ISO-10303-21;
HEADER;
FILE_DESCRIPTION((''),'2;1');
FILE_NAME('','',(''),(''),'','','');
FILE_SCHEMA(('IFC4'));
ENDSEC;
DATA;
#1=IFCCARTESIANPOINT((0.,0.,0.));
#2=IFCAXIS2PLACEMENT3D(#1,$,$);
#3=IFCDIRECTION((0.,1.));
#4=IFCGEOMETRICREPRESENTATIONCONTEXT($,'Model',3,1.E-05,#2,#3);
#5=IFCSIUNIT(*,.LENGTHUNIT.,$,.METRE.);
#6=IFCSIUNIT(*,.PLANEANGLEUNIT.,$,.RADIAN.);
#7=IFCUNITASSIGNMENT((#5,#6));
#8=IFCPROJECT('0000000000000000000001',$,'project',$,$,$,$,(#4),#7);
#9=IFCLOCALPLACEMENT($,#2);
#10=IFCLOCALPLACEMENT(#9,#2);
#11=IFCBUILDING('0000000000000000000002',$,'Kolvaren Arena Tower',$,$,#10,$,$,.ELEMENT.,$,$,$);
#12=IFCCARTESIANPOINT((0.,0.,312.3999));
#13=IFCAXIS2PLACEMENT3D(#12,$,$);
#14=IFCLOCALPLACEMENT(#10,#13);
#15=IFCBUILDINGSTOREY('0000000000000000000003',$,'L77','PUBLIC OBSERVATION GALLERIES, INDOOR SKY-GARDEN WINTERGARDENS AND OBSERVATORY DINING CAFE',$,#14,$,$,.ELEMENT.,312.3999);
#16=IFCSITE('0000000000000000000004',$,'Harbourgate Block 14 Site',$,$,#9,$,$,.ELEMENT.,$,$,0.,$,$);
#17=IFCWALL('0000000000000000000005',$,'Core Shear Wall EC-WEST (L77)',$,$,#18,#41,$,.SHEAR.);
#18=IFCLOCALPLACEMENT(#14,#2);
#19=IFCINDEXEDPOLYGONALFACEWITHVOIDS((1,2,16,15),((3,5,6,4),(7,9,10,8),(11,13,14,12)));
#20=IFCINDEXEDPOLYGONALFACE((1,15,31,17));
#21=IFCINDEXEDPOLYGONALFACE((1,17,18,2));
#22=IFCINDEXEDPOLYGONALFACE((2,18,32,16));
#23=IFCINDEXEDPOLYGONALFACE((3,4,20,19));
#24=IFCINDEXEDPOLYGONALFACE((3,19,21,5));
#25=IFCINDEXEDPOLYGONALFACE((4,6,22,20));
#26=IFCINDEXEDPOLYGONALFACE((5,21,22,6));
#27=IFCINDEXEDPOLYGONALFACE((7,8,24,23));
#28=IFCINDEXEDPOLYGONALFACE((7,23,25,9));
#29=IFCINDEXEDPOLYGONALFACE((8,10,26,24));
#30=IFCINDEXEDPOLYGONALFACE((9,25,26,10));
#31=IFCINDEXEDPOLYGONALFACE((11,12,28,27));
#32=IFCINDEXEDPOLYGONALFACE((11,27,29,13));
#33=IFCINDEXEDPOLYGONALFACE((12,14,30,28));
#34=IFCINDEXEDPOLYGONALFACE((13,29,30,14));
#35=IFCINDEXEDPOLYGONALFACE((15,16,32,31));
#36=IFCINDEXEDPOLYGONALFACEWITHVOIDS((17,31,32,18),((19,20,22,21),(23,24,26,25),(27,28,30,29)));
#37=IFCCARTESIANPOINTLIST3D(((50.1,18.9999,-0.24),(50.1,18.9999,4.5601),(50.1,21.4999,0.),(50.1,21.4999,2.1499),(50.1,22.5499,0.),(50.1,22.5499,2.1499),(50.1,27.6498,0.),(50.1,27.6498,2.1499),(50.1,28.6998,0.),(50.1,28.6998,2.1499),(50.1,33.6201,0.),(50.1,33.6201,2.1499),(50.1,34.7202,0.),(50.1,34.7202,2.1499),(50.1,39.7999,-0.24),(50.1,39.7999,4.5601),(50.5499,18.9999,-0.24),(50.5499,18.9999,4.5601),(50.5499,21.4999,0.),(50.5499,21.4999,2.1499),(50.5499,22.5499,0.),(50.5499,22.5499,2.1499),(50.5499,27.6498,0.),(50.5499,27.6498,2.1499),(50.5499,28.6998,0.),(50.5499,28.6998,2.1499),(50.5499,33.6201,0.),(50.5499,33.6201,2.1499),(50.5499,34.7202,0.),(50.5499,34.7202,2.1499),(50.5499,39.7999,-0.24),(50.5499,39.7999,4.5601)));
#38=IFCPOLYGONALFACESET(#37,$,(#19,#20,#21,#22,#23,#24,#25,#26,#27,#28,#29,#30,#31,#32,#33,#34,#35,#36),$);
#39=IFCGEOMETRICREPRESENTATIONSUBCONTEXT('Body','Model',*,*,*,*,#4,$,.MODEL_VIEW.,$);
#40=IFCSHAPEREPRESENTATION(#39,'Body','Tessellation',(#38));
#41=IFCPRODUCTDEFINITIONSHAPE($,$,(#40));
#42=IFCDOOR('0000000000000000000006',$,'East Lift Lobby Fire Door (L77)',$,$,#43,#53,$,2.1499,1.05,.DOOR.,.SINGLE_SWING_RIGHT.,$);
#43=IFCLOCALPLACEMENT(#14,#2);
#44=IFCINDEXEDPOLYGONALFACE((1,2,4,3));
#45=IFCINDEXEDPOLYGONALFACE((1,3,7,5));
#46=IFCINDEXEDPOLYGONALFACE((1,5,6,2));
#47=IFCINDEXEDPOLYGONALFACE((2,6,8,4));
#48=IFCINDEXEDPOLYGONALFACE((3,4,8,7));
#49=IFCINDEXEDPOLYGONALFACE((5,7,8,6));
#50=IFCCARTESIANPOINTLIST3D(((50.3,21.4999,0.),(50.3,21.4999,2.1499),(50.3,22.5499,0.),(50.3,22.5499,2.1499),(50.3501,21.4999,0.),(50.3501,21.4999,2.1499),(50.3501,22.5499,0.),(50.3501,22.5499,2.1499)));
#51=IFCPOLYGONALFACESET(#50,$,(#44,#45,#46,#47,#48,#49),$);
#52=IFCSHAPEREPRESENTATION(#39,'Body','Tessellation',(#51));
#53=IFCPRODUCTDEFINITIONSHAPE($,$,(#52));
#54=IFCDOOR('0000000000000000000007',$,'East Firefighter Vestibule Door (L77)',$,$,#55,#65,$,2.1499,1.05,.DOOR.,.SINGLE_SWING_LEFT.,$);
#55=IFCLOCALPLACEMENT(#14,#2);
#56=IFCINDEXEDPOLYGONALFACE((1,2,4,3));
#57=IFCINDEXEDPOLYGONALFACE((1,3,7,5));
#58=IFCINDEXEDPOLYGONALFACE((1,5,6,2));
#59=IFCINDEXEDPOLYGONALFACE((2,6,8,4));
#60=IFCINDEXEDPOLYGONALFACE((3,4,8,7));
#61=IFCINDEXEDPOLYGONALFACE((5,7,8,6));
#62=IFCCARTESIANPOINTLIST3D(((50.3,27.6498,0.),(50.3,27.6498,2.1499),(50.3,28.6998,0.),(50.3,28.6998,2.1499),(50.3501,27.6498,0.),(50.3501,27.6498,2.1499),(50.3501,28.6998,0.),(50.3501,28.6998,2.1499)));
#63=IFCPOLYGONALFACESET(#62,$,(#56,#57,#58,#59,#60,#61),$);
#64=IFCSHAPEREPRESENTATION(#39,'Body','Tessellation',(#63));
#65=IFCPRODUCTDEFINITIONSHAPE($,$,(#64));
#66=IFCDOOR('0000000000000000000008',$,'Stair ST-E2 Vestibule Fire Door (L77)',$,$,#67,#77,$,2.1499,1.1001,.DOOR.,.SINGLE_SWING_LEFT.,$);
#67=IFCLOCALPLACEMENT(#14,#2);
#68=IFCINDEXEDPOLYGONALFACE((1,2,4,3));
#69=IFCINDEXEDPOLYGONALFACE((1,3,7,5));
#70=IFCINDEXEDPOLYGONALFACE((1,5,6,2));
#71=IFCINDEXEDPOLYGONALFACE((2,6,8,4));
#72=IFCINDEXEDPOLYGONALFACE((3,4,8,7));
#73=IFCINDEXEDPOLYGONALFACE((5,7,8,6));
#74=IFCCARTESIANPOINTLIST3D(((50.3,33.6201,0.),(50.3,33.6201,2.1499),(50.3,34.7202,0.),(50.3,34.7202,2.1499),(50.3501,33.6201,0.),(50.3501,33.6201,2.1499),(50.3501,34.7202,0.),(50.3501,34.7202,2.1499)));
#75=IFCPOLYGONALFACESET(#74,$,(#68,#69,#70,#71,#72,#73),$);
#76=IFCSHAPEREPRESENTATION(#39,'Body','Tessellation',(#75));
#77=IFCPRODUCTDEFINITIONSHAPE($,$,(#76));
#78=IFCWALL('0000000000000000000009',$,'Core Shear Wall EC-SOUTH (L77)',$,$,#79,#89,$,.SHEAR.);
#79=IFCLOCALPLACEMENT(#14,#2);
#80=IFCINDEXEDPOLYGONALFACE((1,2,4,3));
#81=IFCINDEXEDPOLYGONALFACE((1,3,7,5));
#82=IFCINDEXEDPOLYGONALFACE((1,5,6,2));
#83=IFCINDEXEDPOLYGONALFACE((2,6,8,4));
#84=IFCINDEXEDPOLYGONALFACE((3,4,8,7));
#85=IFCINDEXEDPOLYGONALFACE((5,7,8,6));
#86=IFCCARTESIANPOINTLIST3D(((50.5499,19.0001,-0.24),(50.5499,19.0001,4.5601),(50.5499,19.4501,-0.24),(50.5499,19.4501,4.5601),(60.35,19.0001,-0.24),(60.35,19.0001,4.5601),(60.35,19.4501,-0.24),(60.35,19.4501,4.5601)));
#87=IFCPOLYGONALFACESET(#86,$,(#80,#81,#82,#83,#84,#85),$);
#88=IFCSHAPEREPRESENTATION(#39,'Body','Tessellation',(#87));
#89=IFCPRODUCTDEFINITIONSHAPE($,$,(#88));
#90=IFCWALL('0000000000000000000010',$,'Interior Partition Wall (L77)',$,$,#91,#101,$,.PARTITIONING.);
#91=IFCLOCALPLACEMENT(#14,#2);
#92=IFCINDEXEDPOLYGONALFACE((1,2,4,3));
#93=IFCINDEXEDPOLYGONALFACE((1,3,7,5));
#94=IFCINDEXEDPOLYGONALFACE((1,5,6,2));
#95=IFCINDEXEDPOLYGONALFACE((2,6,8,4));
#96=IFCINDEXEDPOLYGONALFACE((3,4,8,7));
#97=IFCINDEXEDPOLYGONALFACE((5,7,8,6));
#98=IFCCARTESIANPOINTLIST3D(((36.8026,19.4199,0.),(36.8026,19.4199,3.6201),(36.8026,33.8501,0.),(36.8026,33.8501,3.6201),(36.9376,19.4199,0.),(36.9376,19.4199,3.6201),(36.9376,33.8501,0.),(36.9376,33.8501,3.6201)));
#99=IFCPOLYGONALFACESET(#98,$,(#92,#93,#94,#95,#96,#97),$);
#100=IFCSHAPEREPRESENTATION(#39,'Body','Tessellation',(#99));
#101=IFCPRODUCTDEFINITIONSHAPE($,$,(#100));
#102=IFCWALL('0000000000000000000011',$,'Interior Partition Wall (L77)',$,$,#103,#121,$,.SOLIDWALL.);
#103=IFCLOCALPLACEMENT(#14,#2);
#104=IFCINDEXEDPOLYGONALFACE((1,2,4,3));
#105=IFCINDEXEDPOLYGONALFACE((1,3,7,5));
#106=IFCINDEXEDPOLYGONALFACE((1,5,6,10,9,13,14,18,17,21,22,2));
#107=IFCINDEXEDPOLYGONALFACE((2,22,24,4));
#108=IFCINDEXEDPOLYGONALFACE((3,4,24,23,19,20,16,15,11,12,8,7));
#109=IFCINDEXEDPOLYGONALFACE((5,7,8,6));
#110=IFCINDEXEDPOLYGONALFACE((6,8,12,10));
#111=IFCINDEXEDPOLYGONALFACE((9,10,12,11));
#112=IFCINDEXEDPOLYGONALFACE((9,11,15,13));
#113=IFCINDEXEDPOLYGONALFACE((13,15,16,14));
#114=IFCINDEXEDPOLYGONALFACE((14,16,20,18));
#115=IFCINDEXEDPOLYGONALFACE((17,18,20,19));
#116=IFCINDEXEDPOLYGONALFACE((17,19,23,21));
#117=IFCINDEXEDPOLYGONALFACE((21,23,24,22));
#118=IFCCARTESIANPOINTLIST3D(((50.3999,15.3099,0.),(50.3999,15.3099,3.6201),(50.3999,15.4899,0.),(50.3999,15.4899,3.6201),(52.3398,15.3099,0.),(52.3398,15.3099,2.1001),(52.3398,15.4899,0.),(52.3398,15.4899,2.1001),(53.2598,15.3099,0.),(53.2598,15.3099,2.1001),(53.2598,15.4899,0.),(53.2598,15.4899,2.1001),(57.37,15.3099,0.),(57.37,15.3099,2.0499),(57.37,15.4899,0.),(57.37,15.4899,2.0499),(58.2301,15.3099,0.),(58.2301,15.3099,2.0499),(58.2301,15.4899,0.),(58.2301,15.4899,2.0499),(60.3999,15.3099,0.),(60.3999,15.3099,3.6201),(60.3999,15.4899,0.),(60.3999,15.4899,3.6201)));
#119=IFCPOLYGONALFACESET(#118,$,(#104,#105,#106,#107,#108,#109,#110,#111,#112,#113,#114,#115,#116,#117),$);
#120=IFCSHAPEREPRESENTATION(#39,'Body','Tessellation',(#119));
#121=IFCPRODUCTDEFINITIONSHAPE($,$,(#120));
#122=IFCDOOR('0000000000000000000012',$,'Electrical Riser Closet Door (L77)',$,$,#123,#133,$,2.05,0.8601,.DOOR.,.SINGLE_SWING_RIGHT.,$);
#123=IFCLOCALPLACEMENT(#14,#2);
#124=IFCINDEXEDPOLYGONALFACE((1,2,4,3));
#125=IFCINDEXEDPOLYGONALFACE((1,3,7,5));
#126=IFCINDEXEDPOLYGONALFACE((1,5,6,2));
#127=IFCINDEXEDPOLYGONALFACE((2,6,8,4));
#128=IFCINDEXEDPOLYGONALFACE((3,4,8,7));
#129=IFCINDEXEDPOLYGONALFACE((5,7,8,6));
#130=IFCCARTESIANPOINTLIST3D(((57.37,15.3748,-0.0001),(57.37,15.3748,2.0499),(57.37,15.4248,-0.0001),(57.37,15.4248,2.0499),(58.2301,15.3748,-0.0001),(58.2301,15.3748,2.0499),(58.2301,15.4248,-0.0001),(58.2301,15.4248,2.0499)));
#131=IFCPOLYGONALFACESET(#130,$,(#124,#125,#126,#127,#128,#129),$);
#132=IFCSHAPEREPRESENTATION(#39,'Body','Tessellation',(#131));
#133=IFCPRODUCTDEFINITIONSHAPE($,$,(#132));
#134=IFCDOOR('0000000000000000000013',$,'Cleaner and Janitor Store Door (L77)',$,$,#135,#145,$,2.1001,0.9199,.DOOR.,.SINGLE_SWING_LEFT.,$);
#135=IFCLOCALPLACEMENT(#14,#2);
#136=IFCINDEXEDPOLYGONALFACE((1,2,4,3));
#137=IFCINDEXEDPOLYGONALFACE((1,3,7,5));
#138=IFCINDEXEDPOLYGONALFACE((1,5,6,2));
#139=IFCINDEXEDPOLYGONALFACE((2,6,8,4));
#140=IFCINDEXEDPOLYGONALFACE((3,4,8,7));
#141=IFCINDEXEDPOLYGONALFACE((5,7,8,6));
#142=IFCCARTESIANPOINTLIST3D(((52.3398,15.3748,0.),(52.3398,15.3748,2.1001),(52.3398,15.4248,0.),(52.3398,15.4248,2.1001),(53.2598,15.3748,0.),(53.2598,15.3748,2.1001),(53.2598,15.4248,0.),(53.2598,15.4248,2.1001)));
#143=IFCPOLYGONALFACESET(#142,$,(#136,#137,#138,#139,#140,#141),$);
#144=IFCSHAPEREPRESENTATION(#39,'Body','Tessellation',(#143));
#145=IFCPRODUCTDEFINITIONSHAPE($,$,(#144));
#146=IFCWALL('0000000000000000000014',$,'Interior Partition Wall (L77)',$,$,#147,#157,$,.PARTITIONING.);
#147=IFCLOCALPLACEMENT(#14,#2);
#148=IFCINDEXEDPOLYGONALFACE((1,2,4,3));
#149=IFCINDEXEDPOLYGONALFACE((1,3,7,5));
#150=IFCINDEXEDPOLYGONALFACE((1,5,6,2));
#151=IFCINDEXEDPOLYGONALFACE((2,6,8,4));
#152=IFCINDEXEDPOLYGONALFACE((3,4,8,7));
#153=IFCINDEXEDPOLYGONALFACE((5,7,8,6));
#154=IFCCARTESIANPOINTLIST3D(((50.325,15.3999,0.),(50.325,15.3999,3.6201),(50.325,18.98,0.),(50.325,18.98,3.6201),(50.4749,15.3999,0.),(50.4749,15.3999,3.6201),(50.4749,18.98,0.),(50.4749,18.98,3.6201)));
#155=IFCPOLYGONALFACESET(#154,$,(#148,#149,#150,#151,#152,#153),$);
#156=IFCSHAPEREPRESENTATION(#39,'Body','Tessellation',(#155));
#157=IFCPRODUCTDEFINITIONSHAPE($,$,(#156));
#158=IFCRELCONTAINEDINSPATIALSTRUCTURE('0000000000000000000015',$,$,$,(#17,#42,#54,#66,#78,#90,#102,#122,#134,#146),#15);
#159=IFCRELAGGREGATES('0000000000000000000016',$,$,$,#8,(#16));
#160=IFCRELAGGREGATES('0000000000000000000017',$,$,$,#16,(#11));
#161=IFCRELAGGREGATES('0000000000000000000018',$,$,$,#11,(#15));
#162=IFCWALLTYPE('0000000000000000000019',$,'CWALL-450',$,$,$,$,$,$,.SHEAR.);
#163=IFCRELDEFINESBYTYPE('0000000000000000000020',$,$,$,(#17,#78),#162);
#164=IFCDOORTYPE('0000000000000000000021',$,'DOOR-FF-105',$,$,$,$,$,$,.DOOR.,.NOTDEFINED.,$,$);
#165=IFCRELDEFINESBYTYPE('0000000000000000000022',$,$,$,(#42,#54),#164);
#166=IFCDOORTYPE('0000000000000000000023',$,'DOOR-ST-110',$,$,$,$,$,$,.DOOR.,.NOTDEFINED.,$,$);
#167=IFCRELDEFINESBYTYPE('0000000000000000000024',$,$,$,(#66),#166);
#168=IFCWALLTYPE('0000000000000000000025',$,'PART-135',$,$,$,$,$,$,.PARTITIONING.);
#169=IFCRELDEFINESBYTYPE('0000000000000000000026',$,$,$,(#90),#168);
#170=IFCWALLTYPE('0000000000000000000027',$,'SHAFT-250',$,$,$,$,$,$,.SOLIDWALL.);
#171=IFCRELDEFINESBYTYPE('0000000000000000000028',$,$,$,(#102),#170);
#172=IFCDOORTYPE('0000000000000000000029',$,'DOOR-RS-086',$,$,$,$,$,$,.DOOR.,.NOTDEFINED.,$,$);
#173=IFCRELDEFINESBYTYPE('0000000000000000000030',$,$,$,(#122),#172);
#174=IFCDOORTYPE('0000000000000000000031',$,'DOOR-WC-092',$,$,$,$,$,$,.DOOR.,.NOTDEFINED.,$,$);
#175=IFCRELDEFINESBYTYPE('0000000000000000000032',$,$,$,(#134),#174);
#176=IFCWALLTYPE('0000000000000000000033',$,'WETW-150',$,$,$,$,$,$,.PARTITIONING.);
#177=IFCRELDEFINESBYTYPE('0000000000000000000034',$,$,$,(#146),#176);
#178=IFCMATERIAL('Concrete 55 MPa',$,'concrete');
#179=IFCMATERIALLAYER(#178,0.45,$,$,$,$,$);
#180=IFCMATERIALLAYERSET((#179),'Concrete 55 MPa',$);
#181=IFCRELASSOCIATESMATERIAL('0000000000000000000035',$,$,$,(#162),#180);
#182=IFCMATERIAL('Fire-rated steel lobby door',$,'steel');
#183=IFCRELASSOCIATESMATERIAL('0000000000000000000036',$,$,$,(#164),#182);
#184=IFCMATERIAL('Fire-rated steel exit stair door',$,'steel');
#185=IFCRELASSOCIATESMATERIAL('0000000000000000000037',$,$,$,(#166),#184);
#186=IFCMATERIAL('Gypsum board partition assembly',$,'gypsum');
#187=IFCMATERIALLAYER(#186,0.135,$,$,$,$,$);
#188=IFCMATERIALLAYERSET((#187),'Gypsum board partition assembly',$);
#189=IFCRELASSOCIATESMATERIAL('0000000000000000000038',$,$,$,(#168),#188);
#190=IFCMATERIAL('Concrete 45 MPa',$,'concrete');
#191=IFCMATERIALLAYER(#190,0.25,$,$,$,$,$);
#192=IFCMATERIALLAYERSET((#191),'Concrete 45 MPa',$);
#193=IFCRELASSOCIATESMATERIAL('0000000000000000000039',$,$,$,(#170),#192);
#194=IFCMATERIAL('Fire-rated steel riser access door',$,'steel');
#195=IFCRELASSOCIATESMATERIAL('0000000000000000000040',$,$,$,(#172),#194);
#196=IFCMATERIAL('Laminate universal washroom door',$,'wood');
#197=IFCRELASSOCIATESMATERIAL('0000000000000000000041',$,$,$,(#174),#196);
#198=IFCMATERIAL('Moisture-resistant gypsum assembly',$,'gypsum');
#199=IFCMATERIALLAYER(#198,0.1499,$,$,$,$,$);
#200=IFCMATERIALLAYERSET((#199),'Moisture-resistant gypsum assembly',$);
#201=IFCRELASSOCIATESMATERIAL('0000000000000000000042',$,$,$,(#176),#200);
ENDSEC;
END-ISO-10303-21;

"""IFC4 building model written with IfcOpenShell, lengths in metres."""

from ifc_helpers import new_model, si_unit, direction, frame, frame_2d, origin, place, context, subcontext, project, spatial, rectangle, extrude, material, layer, layer_set, type_object, element, fill, save


model = new_model("IFC4")

# Units and contexts
model_context = context("Model", 3, precision=1e-05, world=origin(), true_north=direction((0.0, 1.0)))
body_context = subcontext(model_context, "Body", "Model", "MODEL_VIEW")
ifc_project = project(units=[si_unit("LENGTHUNIT", "METRE"), si_unit("PLANEANGLEUNIT", "RADIAN")], contexts=[model_context])

# Site, building, storey
site_placement = place(None, origin())
site = spatial("IfcSite", under=ifc_project, at=site_placement, Name="Harbourgate Block 14 Site", CompositionType="ELEMENT", RefElevation=0.0)
building_placement = place(site_placement, origin())
building = spatial("IfcBuilding", under=site, at=building_placement, Name="Kolvaren Arena Tower", CompositionType="ELEMENT")
storey_placement = place(building_placement, frame((0.0, 0.0, 312.3999)))
storey = spatial("IfcBuildingStorey", under=building, at=storey_placement, Name="L77", Description="PUBLIC OBSERVATION GALLERIES, INDOOR SKY-GARDEN WINTERGARDENS AND OBSERVATORY DINING CAFE", CompositionType="ELEMENT", Elevation=312.3999)

# Wall, openings, doors
ifc_material_1 = material(Name="Concrete 55 MPa", Category="concrete")
ifc_layer_1 = layer(ifc_material_1, 0.45)
ifc_layer_set_1 = layer_set([ifc_layer_1], Name="Concrete 55 MPa")
wall_type_1 = type_object("IfcWallType", Name="CWALL-450", PredefinedType="SHEAR", material=ifc_layer_set_1)
wall_1_placement = place(storey_placement, frame((50.325, 19.0, -0.24), z_axis=(0.0, 0.0, 1.0), x_axis=(0.0, 1.0, 0.0)))
wall_1 = element("IfcWall", 1, at=wall_1_placement, inside=storey, type_object=wall_type_1, Name="Core Shear Wall EC-WEST (L77)", PredefinedType="SHEAR", context=body_context, shape_type="SweptSolid", body=[
    extrude(rectangle(XDim=20.8, YDim=0.45, at=frame_2d((10.3999, 0.0))), origin(), (0.0, 0.0, 1.0), 4.8),
])
opening_1_placement = place(wall_1_placement, frame((2.5, 0.0, 0.24)))
opening_1 = element("IfcOpeningElement", 2, at=opening_1_placement, cuts=wall_1, PredefinedType="OPENING", context=body_context, shape_type="SweptSolid", body=[
    extrude(rectangle(XDim=1.05, YDim=2.1499, at=frame_2d((0.5249, 1.075))), frame((0.0, 0.2349, 0.0), z_axis=(0.0, -1.0, 0.0), x_axis=(1.0, 0.0, 0.0)), (0.0, 0.0, 1.0), 0.47),
])
opening_2_placement = place(wall_1_placement, frame((8.6499, 0.0, 0.24)))
opening_2 = element("IfcOpeningElement", 3, at=opening_2_placement, cuts=wall_1, PredefinedType="OPENING", context=body_context, shape_type="SweptSolid", body=[
    extrude(rectangle(XDim=1.05, YDim=2.1499, at=frame_2d((0.5249, 1.075))), frame((0.0, 0.2349, 0.0), z_axis=(0.0, -1.0, 0.0), x_axis=(1.0, 0.0, 0.0)), (0.0, 0.0, 1.0), 0.47),
])
opening_3_placement = place(wall_1_placement, frame((14.6201, 0.0, 0.24)))
opening_3 = element("IfcOpeningElement", 4, at=opening_3_placement, cuts=wall_1, PredefinedType="OPENING", context=body_context, shape_type="SweptSolid", body=[
    extrude(rectangle(XDim=1.1001, YDim=2.1499, at=frame_2d((0.55, 1.075))), frame((0.0, 0.2349, 0.0), z_axis=(0.0, -1.0, 0.0), x_axis=(1.0, 0.0, 0.0)), (0.0, 0.0, 1.0), 0.47),
])
ifc_material_2 = material(Name="Fire-rated steel lobby door", Category="steel")
door_type_1 = type_object("IfcDoorType", Name="DOOR-FF-105", OperationType="NOTDEFINED", PredefinedType="DOOR", material=ifc_material_2)
door_1_placement = place(opening_1_placement, origin())
door_1 = element("IfcDoor", 5, at=door_1_placement, inside=storey, type_object=door_type_1, Name="East Lift Lobby Fire Door (L77)", OperationType="SINGLE_SWING_RIGHT", OverallHeight=2.1499, OverallWidth=1.05, PredefinedType="DOOR", context=body_context, shape_type="SweptSolid", body=[
    extrude(rectangle(XDim=1.05, YDim=2.1499, at=frame_2d((0.5249, 1.075))), frame((0.0, 0.0249, 0.0), z_axis=(0.0, -1.0, 0.0), x_axis=(1.0, 0.0, 0.0)), (0.0, 0.0, 1.0), 0.05),
])
fill(opening_1, door_1)
door_2_placement = place(opening_2_placement, origin())
door_2 = element("IfcDoor", 6, at=door_2_placement, inside=storey, type_object=door_type_1, Name="East Firefighter Vestibule Door (L77)", OperationType="SINGLE_SWING_LEFT", OverallHeight=2.1499, OverallWidth=1.05, PredefinedType="DOOR", context=body_context, shape_type="SweptSolid", body=[
    extrude(rectangle(XDim=1.05, YDim=2.1499, at=frame_2d((0.5249, 1.075))), frame((0.0, 0.0249, 0.0), z_axis=(0.0, -1.0, 0.0), x_axis=(1.0, 0.0, 0.0)), (0.0, 0.0, 1.0), 0.05),
])
fill(opening_2, door_2)
ifc_material_3 = material(Name="Fire-rated steel exit stair door", Category="steel")
door_type_2 = type_object("IfcDoorType", Name="DOOR-ST-110", OperationType="NOTDEFINED", PredefinedType="DOOR", material=ifc_material_3)
door_3_placement = place(opening_3_placement, origin())
door_3 = element("IfcDoor", 7, at=door_3_placement, inside=storey, type_object=door_type_2, Name="Stair ST-E2 Vestibule Fire Door (L77)", OperationType="SINGLE_SWING_LEFT", OverallHeight=2.1499, OverallWidth=1.1001, PredefinedType="DOOR", context=body_context, shape_type="SweptSolid", body=[
    extrude(rectangle(XDim=1.1001, YDim=2.1499, at=frame_2d((0.55, 1.075))), frame((0.0, 0.0249, 0.0), z_axis=(0.0, -1.0, 0.0), x_axis=(1.0, 0.0, 0.0)), (0.0, 0.0, 1.0), 0.05),
])
fill(opening_3, door_3)

# Walls
wall_2_placement = place(storey_placement, frame((50.55, 19.2251, -0.24), z_axis=(0.0, 0.0, 1.0), x_axis=(1.0, 0.0, 0.0)))
element("IfcWall", 8, at=wall_2_placement, inside=storey, type_object=wall_type_1, Name="Core Shear Wall EC-SOUTH (L77)", PredefinedType="SHEAR", context=body_context, shape_type="SweptSolid", body=[
    extrude(rectangle(XDim=9.8, YDim=0.45, at=frame_2d((4.8999, 0.0))), origin(), (0.0, 0.0, 1.0), 4.8),
])
ifc_material_4 = material(Name="Gypsum board partition assembly", Category="gypsum")
ifc_layer_2 = layer(ifc_material_4, 0.135)
ifc_layer_set_2 = layer_set([ifc_layer_2], Name="Gypsum board partition assembly")
wall_type_2 = type_object("IfcWallType", Name="PART-135", PredefinedType="PARTITIONING", material=ifc_layer_set_2)
wall_3_placement = place(storey_placement, frame((36.8701, 19.4199, 0.0), z_axis=(0.0, 0.0, 1.0), x_axis=(0.0, 1.0, 0.0)))
element("IfcWall", 9, at=wall_3_placement, inside=storey, type_object=wall_type_2, Name="Interior Partition Wall (L77)", PredefinedType="PARTITIONING", context=body_context, shape_type="SweptSolid", body=[
    extrude(rectangle(XDim=14.4302, YDim=0.135, at=frame_2d((7.2151, 0.0))), origin(), (0.0, 0.0, 1.0), 3.6201),
])

# Wall, openings, doors
ifc_material_5 = material(Name="Concrete 45 MPa", Category="concrete")
ifc_layer_3 = layer(ifc_material_5, 0.25)
ifc_layer_set_3 = layer_set([ifc_layer_3], Name="Concrete 45 MPa")
wall_type_3 = type_object("IfcWallType", Name="SHAFT-250", PredefinedType="SOLIDWALL", material=ifc_layer_set_3)
wall_4_placement = place(storey_placement, frame((50.3999, 15.3999, 0.0), z_axis=(0.0, 0.0, 1.0), x_axis=(1.0, 0.0, 0.0)))
wall_4 = element("IfcWall", 10, at=wall_4_placement, inside=storey, type_object=wall_type_3, Name="Interior Partition Wall (L77)", PredefinedType="SOLIDWALL", context=body_context, shape_type="SweptSolid", body=[
    extrude(rectangle(XDim=10.0, YDim=0.1799, at=frame_2d((5.0, 0.0))), origin(), (0.0, 0.0, 1.0), 3.6201),
])
opening_4_placement = place(wall_4_placement, frame((1.9399, 0.0, 0.0)))
opening_4 = element("IfcOpeningElement", 11, at=opening_4_placement, cuts=wall_4, PredefinedType="OPENING", context=body_context, shape_type="SweptSolid", body=[
    extrude(rectangle(XDim=0.9199, YDim=2.1001, at=frame_2d((0.46, 1.05))), frame((0.0, 0.0999, 0.0), z_axis=(0.0, -1.0, 0.0), x_axis=(1.0, 0.0, 0.0)), (0.0, 0.0, 1.0), 0.2),
])
opening_5_placement = place(wall_4_placement, frame((6.97, 0.0, 0.0)))
opening_5 = element("IfcOpeningElement", 12, at=opening_5_placement, cuts=wall_4, PredefinedType="OPENING", context=body_context, shape_type="SweptSolid", body=[
    extrude(rectangle(XDim=0.8601, YDim=2.05, at=frame_2d((0.4302, 1.0249))), frame((0.0, 0.0999, 0.0), z_axis=(0.0, -1.0, 0.0), x_axis=(1.0, 0.0, 0.0)), (0.0, 0.0, 1.0), 0.2),
])
ifc_material_6 = material(Name="Fire-rated steel riser access door", Category="steel")
door_type_3 = type_object("IfcDoorType", Name="DOOR-RS-086", OperationType="NOTDEFINED", PredefinedType="DOOR", material=ifc_material_6)
door_4_placement = place(opening_5_placement, origin())
door_4 = element("IfcDoor", 13, at=door_4_placement, inside=storey, type_object=door_type_3, Name="Electrical Riser Closet Door (L77)", OperationType="SINGLE_SWING_RIGHT", OverallHeight=2.05, OverallWidth=0.8601, PredefinedType="DOOR", context=body_context, shape_type="SweptSolid", body=[
    extrude(rectangle(XDim=0.8601, YDim=2.05, at=frame_2d((0.4302, 1.0249))), frame((0.0, 0.0249, 0.0), z_axis=(0.0, -1.0, 0.0), x_axis=(1.0, 0.0, 0.0)), (0.0, 0.0, 1.0), 0.05),
])
fill(opening_5, door_4)
ifc_material_7 = material(Name="Laminate universal washroom door", Category="wood")
door_type_4 = type_object("IfcDoorType", Name="DOOR-WC-092", OperationType="NOTDEFINED", PredefinedType="DOOR", material=ifc_material_7)
door_5_placement = place(opening_4_placement, origin())
door_5 = element("IfcDoor", 14, at=door_5_placement, inside=storey, type_object=door_type_4, Name="Cleaner and Janitor Store Door (L77)", OperationType="SINGLE_SWING_LEFT", OverallHeight=2.1001, OverallWidth=0.9199, PredefinedType="DOOR", context=body_context, shape_type="SweptSolid", body=[
    extrude(rectangle(XDim=0.9199, YDim=2.1001, at=frame_2d((0.46, 1.05))), frame((0.0, 0.0249, 0.0), z_axis=(0.0, -1.0, 0.0), x_axis=(1.0, 0.0, 0.0)), (0.0, 0.0, 1.0), 0.05),
])
fill(opening_4, door_5)

# Wall
ifc_material_8 = material(Name="Moisture-resistant gypsum assembly", Category="gypsum")
ifc_layer_4 = layer(ifc_material_8, 0.1499)
ifc_layer_set_4 = layer_set([ifc_layer_4], Name="Moisture-resistant gypsum assembly")
wall_type_4 = type_object("IfcWallType", Name="WETW-150", PredefinedType="PARTITIONING", material=ifc_layer_set_4)
wall_5_placement = place(storey_placement, frame((50.3999, 15.3999, 0.0), z_axis=(0.0, 0.0, 1.0), x_axis=(0.0, 1.0, 0.0)))
element("IfcWall", 15, at=wall_5_placement, inside=storey, type_object=wall_type_4, Name="Interior Partition Wall (L77)", PredefinedType="PARTITIONING", context=body_context, shape_type="SweptSolid", body=[
    extrude(rectangle(XDim=3.5801, YDim=0.1499, at=frame_2d((1.79, 0.0))), origin(), (0.0, 0.0, 1.0), 3.6201),
])

save(model, "model.ifc")
